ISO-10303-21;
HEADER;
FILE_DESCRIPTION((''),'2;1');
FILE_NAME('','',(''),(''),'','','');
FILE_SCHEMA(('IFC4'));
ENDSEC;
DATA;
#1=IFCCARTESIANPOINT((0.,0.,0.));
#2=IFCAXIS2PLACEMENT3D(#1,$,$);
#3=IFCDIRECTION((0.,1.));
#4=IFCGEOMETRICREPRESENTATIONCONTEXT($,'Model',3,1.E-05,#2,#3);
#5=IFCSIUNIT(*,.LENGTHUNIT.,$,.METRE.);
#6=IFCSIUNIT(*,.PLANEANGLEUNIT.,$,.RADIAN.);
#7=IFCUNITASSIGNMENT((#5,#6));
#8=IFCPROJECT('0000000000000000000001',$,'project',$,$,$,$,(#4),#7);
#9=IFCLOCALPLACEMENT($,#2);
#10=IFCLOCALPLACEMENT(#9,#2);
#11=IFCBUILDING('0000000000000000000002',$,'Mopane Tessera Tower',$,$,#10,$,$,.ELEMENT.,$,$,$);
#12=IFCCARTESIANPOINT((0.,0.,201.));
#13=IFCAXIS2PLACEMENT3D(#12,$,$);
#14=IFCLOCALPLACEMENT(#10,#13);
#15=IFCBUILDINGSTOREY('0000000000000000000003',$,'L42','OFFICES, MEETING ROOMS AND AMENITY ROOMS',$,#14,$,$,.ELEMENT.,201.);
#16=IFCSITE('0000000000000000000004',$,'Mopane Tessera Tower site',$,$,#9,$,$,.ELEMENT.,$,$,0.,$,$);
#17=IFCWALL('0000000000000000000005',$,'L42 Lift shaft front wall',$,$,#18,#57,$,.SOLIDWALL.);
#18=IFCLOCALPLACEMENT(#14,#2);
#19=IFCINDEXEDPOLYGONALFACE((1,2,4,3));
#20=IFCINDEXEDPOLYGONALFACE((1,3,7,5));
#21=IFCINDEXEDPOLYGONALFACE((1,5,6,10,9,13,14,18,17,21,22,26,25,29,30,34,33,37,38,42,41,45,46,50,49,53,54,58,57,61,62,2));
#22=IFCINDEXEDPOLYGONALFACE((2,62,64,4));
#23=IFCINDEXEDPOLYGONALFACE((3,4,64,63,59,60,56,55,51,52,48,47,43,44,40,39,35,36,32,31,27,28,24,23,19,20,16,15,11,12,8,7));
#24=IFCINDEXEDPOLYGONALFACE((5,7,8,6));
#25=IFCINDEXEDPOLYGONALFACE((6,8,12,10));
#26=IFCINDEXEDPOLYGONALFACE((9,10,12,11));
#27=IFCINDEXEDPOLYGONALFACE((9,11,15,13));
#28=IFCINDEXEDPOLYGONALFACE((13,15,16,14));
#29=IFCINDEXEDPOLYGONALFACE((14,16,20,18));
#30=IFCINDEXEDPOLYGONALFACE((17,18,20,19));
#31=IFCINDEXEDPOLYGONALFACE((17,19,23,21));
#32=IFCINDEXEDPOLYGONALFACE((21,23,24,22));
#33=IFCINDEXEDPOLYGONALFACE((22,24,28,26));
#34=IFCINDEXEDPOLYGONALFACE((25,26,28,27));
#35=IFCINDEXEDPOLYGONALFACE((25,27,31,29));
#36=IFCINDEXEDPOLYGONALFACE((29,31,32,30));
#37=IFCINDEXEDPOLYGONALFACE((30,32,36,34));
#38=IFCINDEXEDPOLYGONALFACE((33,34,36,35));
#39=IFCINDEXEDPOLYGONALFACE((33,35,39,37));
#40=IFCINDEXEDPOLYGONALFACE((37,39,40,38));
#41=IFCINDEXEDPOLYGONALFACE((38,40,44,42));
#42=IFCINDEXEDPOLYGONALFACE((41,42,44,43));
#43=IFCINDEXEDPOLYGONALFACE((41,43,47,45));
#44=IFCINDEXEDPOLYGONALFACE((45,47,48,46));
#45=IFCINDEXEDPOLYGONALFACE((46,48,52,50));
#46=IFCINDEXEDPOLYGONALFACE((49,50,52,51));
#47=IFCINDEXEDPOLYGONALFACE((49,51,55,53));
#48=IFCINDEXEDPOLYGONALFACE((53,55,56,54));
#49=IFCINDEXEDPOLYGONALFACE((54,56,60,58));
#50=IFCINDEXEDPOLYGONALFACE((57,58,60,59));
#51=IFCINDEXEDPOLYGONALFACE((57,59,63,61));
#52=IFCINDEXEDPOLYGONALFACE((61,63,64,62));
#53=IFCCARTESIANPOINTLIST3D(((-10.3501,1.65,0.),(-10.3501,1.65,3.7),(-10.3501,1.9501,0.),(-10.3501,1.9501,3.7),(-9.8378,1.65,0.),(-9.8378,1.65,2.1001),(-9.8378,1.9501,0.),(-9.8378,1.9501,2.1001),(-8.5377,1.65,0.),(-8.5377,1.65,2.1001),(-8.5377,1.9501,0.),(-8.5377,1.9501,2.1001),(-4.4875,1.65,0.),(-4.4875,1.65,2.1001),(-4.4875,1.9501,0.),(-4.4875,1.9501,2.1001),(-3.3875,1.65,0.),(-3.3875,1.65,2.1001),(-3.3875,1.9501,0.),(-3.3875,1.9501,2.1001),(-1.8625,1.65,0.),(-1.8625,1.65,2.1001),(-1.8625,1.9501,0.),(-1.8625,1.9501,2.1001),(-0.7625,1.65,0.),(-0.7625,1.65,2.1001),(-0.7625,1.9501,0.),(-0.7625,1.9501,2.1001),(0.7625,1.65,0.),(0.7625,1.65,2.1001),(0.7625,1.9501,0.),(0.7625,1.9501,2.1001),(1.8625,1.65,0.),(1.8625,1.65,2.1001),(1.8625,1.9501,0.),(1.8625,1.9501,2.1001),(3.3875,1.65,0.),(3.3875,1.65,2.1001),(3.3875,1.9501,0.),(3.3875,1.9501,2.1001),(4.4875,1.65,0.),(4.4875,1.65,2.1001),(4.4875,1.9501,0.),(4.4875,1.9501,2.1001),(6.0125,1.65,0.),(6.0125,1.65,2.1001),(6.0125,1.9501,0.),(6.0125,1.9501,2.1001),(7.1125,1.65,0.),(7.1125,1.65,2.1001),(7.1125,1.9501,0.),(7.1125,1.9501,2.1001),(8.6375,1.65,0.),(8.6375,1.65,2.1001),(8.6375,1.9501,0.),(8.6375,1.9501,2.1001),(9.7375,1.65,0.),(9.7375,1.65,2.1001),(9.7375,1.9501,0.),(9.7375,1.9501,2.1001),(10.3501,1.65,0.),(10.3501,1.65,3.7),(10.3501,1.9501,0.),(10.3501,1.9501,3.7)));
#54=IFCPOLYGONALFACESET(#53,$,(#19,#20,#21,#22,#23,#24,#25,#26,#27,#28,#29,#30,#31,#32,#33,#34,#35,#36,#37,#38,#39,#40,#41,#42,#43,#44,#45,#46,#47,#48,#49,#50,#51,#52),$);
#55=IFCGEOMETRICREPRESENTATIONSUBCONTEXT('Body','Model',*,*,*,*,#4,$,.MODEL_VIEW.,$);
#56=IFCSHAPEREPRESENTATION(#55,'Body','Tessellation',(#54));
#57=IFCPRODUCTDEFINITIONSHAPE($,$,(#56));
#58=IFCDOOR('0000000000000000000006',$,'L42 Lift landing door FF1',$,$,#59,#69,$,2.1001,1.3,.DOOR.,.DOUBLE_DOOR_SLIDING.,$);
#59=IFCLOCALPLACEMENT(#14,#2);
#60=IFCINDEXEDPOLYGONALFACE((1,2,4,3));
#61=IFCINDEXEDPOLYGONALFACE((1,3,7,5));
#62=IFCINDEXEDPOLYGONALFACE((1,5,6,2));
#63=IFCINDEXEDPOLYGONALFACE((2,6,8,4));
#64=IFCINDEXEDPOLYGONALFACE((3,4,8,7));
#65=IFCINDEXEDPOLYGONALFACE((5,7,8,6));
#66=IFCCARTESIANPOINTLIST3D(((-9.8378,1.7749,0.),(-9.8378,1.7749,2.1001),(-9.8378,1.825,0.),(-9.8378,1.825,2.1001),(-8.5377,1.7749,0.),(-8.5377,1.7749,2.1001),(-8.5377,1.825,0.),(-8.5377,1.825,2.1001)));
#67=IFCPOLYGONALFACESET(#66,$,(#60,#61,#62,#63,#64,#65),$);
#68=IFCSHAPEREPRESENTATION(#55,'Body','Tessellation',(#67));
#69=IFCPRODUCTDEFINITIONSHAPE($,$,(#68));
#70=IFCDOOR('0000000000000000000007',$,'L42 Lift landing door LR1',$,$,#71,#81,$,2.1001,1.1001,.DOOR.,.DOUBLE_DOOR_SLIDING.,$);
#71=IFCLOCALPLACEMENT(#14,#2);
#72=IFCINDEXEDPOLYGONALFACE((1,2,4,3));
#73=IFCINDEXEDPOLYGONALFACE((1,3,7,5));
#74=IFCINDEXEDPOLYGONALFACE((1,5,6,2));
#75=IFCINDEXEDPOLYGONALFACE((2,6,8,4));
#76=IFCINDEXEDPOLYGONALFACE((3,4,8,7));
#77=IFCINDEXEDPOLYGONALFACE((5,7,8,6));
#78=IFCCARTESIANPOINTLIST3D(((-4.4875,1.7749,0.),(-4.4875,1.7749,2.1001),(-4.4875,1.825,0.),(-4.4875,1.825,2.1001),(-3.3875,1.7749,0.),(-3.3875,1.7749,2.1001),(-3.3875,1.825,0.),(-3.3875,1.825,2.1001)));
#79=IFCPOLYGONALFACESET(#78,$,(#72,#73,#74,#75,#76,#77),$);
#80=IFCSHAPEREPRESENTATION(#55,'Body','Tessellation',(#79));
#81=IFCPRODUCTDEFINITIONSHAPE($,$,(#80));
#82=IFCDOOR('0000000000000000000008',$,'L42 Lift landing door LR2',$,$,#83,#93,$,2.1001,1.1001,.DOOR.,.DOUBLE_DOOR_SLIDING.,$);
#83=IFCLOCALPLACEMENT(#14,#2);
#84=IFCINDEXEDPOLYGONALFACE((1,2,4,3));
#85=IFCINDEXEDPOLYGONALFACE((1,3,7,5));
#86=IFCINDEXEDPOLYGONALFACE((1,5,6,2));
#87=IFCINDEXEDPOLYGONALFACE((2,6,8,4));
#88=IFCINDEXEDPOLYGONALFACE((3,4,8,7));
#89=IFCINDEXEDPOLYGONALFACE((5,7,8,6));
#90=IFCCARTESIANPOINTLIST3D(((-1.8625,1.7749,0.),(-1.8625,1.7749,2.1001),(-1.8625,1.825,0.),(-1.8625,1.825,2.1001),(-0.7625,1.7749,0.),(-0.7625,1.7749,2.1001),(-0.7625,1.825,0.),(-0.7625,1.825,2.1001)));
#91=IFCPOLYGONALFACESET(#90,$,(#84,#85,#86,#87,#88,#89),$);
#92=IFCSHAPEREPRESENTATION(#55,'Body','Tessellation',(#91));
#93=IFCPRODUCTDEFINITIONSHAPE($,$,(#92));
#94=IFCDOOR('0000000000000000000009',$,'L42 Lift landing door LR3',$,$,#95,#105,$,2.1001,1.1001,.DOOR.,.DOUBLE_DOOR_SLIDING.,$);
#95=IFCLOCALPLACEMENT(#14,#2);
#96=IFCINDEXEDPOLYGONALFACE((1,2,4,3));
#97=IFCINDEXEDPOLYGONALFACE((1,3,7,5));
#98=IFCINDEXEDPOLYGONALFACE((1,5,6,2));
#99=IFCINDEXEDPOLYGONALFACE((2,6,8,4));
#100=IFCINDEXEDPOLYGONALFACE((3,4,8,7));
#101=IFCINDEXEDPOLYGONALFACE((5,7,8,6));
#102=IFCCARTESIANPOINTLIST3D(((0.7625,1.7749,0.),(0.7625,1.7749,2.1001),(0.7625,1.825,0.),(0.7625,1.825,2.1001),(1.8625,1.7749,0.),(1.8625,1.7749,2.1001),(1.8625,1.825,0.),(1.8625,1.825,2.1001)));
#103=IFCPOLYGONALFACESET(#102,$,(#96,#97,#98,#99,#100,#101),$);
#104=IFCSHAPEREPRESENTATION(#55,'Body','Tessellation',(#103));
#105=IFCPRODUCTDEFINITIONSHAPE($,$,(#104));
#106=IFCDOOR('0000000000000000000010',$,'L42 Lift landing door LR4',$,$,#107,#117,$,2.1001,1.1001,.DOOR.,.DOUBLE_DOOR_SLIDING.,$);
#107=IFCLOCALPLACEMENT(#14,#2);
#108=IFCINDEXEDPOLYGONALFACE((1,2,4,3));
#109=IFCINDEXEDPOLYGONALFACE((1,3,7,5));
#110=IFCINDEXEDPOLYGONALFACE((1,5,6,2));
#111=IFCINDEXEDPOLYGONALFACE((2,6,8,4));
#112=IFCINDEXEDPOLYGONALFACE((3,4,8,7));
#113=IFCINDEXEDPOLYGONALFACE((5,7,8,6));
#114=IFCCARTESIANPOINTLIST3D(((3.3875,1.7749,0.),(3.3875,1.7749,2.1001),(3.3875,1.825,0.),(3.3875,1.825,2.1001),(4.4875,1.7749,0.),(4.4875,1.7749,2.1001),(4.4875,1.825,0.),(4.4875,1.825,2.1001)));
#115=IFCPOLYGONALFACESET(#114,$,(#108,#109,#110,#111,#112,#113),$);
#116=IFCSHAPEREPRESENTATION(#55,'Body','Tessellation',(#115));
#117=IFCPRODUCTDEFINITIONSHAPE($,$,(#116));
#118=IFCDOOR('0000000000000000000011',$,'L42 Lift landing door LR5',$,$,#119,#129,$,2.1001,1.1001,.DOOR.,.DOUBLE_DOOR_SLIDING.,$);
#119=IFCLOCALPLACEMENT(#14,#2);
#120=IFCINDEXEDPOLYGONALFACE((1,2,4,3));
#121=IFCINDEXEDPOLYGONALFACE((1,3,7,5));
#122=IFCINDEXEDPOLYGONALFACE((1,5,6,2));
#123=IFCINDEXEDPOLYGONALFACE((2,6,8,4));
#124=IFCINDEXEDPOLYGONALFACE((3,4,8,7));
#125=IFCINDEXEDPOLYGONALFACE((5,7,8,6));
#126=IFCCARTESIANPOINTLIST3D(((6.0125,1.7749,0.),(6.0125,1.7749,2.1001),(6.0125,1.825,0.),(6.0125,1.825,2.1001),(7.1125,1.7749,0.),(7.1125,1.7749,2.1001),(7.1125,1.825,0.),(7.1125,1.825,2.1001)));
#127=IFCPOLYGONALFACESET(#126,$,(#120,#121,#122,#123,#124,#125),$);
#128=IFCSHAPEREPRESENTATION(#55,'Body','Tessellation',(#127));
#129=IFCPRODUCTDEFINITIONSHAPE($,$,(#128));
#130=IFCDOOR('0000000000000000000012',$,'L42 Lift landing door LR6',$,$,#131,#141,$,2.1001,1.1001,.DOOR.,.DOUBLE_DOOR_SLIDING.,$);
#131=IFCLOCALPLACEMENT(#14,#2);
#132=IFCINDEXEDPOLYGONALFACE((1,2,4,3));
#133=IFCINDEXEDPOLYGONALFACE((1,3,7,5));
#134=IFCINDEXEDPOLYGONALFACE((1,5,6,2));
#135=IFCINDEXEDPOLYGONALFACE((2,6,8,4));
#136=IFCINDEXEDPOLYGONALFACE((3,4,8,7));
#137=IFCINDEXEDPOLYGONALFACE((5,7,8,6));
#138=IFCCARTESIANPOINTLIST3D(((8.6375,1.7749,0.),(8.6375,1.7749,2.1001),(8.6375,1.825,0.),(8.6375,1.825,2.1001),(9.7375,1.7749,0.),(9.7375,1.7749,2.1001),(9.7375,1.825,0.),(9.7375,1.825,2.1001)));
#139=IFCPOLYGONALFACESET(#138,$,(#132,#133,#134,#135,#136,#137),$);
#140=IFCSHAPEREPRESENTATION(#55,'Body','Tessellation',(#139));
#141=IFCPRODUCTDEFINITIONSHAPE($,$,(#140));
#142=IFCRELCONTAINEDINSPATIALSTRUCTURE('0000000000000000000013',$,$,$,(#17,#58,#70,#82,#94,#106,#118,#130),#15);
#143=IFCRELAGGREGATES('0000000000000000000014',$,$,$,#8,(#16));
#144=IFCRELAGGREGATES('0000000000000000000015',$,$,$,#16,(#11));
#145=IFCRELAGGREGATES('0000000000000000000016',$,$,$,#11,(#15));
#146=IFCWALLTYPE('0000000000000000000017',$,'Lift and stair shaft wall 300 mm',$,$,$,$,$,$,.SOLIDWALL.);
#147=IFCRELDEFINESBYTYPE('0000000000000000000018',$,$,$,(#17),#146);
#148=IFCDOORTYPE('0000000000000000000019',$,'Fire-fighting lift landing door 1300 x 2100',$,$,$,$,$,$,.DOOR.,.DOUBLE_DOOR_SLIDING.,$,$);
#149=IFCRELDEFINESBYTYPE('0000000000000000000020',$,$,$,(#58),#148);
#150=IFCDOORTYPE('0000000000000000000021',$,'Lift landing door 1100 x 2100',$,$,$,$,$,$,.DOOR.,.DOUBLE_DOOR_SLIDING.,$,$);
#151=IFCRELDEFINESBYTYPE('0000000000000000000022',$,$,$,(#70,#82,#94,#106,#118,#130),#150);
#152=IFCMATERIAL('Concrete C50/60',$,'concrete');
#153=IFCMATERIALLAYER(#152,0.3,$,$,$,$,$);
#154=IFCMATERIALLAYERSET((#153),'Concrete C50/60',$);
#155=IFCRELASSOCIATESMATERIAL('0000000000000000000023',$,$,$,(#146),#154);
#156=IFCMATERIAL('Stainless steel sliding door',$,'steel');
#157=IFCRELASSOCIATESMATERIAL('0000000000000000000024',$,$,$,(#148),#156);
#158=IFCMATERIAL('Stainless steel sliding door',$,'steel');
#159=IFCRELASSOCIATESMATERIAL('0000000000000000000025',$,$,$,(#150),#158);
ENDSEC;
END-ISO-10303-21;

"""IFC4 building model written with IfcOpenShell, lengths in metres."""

from ifc_helpers import new_model, si_unit, direction, frame, frame_2d, origin, place, context, subcontext, project, spatial, rectangle, extrude, material, layer, layer_set, type_object, element, fill, save


model = new_model("IFC4")

# Units and contexts
model_context = context("Model", 3, precision=1e-05, world=origin(), true_north=direction((0.0, 1.0)))
body_context = subcontext(model_context, "Body", "Model", "MODEL_VIEW")
ifc_project = project(units=[si_unit("LENGTHUNIT", "METRE"), si_unit("PLANEANGLEUNIT", "RADIAN")], contexts=[model_context])

# Site, building, storey
site_placement = place(None, origin())
site = spatial("IfcSite", under=ifc_project, at=site_placement, Name="Mopane Tessera Tower site", CompositionType="ELEMENT", RefElevation=0.0)
building_placement = place(site_placement, origin())
building = spatial("IfcBuilding", under=site, at=building_placement, Name="Mopane Tessera Tower", CompositionType="ELEMENT")
storey_placement = place(building_placement, frame((0.0, 0.0, 201.0)))
storey = spatial("IfcBuildingStorey", under=building, at=storey_placement, Name="L42", Description="OFFICES, MEETING ROOMS AND AMENITY ROOMS", CompositionType="ELEMENT", Elevation=201.0)

# Shared definitions
ifc_material_1 = material(Name="Concrete C50/60", Category="concrete")
ifc_layer_1 = layer(ifc_material_1, 0.3)
ifc_layer_set_1 = layer_set([ifc_layer_1], Name="Concrete C50/60")
wall_type_1 = type_object("IfcWallType", Name="Lift and stair shaft wall 300 mm", PredefinedType="SOLIDWALL", material=ifc_layer_set_1)

# Wall, openings, doors
wall_1_placement = place(storey_placement, frame((-10.3501, 1.8, 0.0), z_axis=(0.0, 0.0, 1.0), x_axis=(1.0, 0.0, 0.0)))
wall_1 = element("IfcWall", 1, at=wall_1_placement, inside=storey, type_object=wall_type_1, Name="L42 Lift shaft front wall", PredefinedType="SOLIDWALL", context=body_context, shape_type="SweptSolid", body=[
    extrude(rectangle(XDim=20.7002, YDim=0.3, at=frame_2d((10.3501, 0.0))), origin(), (0.0, 0.0, 1.0), 3.7),
])
opening_1_placement = place(wall_1_placement, frame((0.5125, 0.0, 0.0)))
opening_1 = element("IfcOpeningElement", 2, at=opening_1_placement, cuts=wall_1, PredefinedType="OPENING", context=body_context, shape_type="SweptSolid", body=[
    extrude(rectangle(XDim=1.3, YDim=2.1001, at=frame_2d((0.6499, 1.05))), frame((0.0, 0.1621, 0.0), z_axis=(0.0, -1.0, 0.0), x_axis=(1.0, 0.0, 0.0)), (0.0, 0.0, 1.0), 0.324),
])
opening_2_placement = place(wall_1_placement, frame((5.8625, 0.0, 0.0)))
opening_2 = element("IfcOpeningElement", 3, at=opening_2_placement, cuts=wall_1, PredefinedType="OPENING", context=body_context, shape_type="SweptSolid", body=[
    extrude(rectangle(XDim=1.1001, YDim=2.1001, at=frame_2d((0.55, 1.05))), frame((0.0, 0.1621, 0.0), z_axis=(0.0, -1.0, 0.0), x_axis=(1.0, 0.0, 0.0)), (0.0, 0.0, 1.0), 0.324),
])
opening_3_placement = place(wall_1_placement, frame((8.4875, 0.0, 0.0)))
opening_3 = element("IfcOpeningElement", 4, at=opening_3_placement, cuts=wall_1, PredefinedType="OPENING", context=body_context, shape_type="SweptSolid", body=[
    extrude(rectangle(XDim=1.1001, YDim=2.1001, at=frame_2d((0.55, 1.05))), frame((0.0, 0.1621, 0.0), z_axis=(0.0, -1.0, 0.0), x_axis=(1.0, 0.0, 0.0)), (0.0, 0.0, 1.0), 0.324),
])
opening_4_placement = place(wall_1_placement, frame((11.1125, 0.0, 0.0)))
opening_4 = element("IfcOpeningElement", 5, at=opening_4_placement, cuts=wall_1, PredefinedType="OPENING", context=body_context, shape_type="SweptSolid", body=[
    extrude(rectangle(XDim=1.1001, YDim=2.1001, at=frame_2d((0.55, 1.05))), frame((0.0, 0.1621, 0.0), z_axis=(0.0, -1.0, 0.0), x_axis=(1.0, 0.0, 0.0)), (0.0, 0.0, 1.0), 0.324),
])
opening_5_placement = place(wall_1_placement, frame((13.7375, 0.0, 0.0)))
opening_5 = element("IfcOpeningElement", 6, at=opening_5_placement, cuts=wall_1, PredefinedType="OPENING", context=body_context, shape_type="SweptSolid", body=[
    extrude(rectangle(XDim=1.1001, YDim=2.1001, at=frame_2d((0.55, 1.05))), frame((0.0, 0.1621, 0.0), z_axis=(0.0, -1.0, 0.0), x_axis=(1.0, 0.0, 0.0)), (0.0, 0.0, 1.0), 0.324),
])
opening_6_placement = place(wall_1_placement, frame((16.3625, 0.0, 0.0)))
opening_6 = element("IfcOpeningElement", 7, at=opening_6_placement, cuts=wall_1, PredefinedType="OPENING", context=body_context, shape_type="SweptSolid", body=[
    extrude(rectangle(XDim=1.1001, YDim=2.1001, at=frame_2d((0.55, 1.05))), frame((0.0, 0.1621, 0.0), z_axis=(0.0, -1.0, 0.0), x_axis=(1.0, 0.0, 0.0)), (0.0, 0.0, 1.0), 0.324),
])
opening_7_placement = place(wall_1_placement, frame((18.9875, 0.0, 0.0)))
opening_7 = element("IfcOpeningElement", 8, at=opening_7_placement, cuts=wall_1, PredefinedType="OPENING", context=body_context, shape_type="SweptSolid", body=[
    extrude(rectangle(XDim=1.1001, YDim=2.1001, at=frame_2d((0.55, 1.05))), frame((0.0, 0.1621, 0.0), z_axis=(0.0, -1.0, 0.0), x_axis=(1.0, 0.0, 0.0)), (0.0, 0.0, 1.0), 0.324),
])
ifc_material_2 = material(Name="Stainless steel sliding door", Category="steel")
door_type_1 = type_object("IfcDoorType", Name="Fire-fighting lift landing door 1300 x 2100", OperationType="DOUBLE_DOOR_SLIDING", PredefinedType="DOOR", material=ifc_material_2)
door_1_placement = place(opening_1_placement, origin())
door_1 = element("IfcDoor", 9, at=door_1_placement, inside=storey, type_object=door_type_1, Name="L42 Lift landing door FF1", OperationType="DOUBLE_DOOR_SLIDING", OverallHeight=2.1001, OverallWidth=1.3, PredefinedType="DOOR", context=body_context, shape_type="SweptSolid", body=[
    extrude(rectangle(XDim=1.3, YDim=2.1001, at=frame_2d((0.6499, 1.05))), frame((0.0, 0.0249, 0.0), z_axis=(0.0, -1.0, 0.0), x_axis=(1.0, 0.0, 0.0)), (0.0, 0.0, 1.0), 0.05),
])
fill(opening_1, door_1)
ifc_material_3 = material(Name="Stainless steel sliding door", Category="steel")
door_type_2 = type_object("IfcDoorType", Name="Lift landing door 1100 x 2100", OperationType="DOUBLE_DOOR_SLIDING", PredefinedType="DOOR", material=ifc_material_3)
door_2_placement = place(opening_2_placement, origin())
door_2 = element("IfcDoor", 10, at=door_2_placement, inside=storey, type_object=door_type_2, Name="L42 Lift landing door LR1", OperationType="DOUBLE_DOOR_SLIDING", OverallHeight=2.1001, OverallWidth=1.1001, PredefinedType="DOOR", context=body_context, shape_type="SweptSolid", body=[
    extrude(rectangle(XDim=1.1001, YDim=2.1001, at=frame_2d((0.55, 1.05))), frame((0.0, 0.0249, 0.0), z_axis=(0.0, -1.0, 0.0), x_axis=(1.0, 0.0, 0.0)), (0.0, 0.0, 1.0), 0.05),
])
fill(opening_2, door_2)
door_3_placement = place(opening_3_placement, origin())
door_3 = element("IfcDoor", 11, at=door_3_placement, inside=storey, type_object=door_type_2, Name="L42 Lift landing door LR2", OperationType="DOUBLE_DOOR_SLIDING", OverallHeight=2.1001, OverallWidth=1.1001, PredefinedType="DOOR", context=body_context, shape_type="SweptSolid", body=[
    extrude(rectangle(XDim=1.1001, YDim=2.1001, at=frame_2d((0.55, 1.05))), frame((0.0, 0.0249, 0.0), z_axis=(0.0, -1.0, 0.0), x_axis=(1.0, 0.0, 0.0)), (0.0, 0.0, 1.0), 0.05),
])
fill(opening_3, door_3)
door_4_placement = place(opening_4_placement, origin())
door_4 = element("IfcDoor", 12, at=door_4_placement, inside=storey, type_object=door_type_2, Name="L42 Lift landing door LR3", OperationType="DOUBLE_DOOR_SLIDING", OverallHeight=2.1001, OverallWidth=1.1001, PredefinedType="DOOR", context=body_context, shape_type="SweptSolid", body=[
    extrude(rectangle(XDim=1.1001, YDim=2.1001, at=frame_2d((0.55, 1.05))), frame((0.0, 0.0249, 0.0), z_axis=(0.0, -1.0, 0.0), x_axis=(1.0, 0.0, 0.0)), (0.0, 0.0, 1.0), 0.05),
])
fill(opening_4, door_4)
door_5_placement = place(opening_5_placement, origin())
door_5 = element("IfcDoor", 13, at=door_5_placement, inside=storey, type_object=door_type_2, Name="L42 Lift landing door LR4", OperationType="DOUBLE_DOOR_SLIDING", OverallHeight=2.1001, OverallWidth=1.1001, PredefinedType="DOOR", context=body_context, shape_type="SweptSolid", body=[
    extrude(rectangle(XDim=1.1001, YDim=2.1001, at=frame_2d((0.55, 1.05))), frame((0.0, 0.0249, 0.0), z_axis=(0.0, -1.0, 0.0), x_axis=(1.0, 0.0, 0.0)), (0.0, 0.0, 1.0), 0.05),
])
fill(opening_5, door_5)
door_6_placement = place(opening_6_placement, origin())
door_6 = element("IfcDoor", 14, at=door_6_placement, inside=storey, type_object=door_type_2, Name="L42 Lift landing door LR5", OperationType="DOUBLE_DOOR_SLIDING", OverallHeight=2.1001, OverallWidth=1.1001, PredefinedType="DOOR", context=body_context, shape_type="SweptSolid", body=[
    extrude(rectangle(XDim=1.1001, YDim=2.1001, at=frame_2d((0.55, 1.05))), frame((0.0, 0.0249, 0.0), z_axis=(0.0, -1.0, 0.0), x_axis=(1.0, 0.0, 0.0)), (0.0, 0.0, 1.0), 0.05),
])
fill(opening_6, door_6)
door_7_placement = place(opening_7_placement, origin())
door_7 = element("IfcDoor", 15, at=door_7_placement, inside=storey, type_object=door_type_2, Name="L42 Lift landing door LR6", OperationType="DOUBLE_DOOR_SLIDING", OverallHeight=2.1001, OverallWidth=1.1001, PredefinedType="DOOR", context=body_context, shape_type="SweptSolid", body=[
    extrude(rectangle(XDim=1.1001, YDim=2.1001, at=frame_2d((0.55, 1.05))), frame((0.0, 0.0249, 0.0), z_axis=(0.0, -1.0, 0.0), x_axis=(1.0, 0.0, 0.0)), (0.0, 0.0, 1.0), 0.05),
])
fill(opening_7, door_7)

save(model, "model.ifc")
